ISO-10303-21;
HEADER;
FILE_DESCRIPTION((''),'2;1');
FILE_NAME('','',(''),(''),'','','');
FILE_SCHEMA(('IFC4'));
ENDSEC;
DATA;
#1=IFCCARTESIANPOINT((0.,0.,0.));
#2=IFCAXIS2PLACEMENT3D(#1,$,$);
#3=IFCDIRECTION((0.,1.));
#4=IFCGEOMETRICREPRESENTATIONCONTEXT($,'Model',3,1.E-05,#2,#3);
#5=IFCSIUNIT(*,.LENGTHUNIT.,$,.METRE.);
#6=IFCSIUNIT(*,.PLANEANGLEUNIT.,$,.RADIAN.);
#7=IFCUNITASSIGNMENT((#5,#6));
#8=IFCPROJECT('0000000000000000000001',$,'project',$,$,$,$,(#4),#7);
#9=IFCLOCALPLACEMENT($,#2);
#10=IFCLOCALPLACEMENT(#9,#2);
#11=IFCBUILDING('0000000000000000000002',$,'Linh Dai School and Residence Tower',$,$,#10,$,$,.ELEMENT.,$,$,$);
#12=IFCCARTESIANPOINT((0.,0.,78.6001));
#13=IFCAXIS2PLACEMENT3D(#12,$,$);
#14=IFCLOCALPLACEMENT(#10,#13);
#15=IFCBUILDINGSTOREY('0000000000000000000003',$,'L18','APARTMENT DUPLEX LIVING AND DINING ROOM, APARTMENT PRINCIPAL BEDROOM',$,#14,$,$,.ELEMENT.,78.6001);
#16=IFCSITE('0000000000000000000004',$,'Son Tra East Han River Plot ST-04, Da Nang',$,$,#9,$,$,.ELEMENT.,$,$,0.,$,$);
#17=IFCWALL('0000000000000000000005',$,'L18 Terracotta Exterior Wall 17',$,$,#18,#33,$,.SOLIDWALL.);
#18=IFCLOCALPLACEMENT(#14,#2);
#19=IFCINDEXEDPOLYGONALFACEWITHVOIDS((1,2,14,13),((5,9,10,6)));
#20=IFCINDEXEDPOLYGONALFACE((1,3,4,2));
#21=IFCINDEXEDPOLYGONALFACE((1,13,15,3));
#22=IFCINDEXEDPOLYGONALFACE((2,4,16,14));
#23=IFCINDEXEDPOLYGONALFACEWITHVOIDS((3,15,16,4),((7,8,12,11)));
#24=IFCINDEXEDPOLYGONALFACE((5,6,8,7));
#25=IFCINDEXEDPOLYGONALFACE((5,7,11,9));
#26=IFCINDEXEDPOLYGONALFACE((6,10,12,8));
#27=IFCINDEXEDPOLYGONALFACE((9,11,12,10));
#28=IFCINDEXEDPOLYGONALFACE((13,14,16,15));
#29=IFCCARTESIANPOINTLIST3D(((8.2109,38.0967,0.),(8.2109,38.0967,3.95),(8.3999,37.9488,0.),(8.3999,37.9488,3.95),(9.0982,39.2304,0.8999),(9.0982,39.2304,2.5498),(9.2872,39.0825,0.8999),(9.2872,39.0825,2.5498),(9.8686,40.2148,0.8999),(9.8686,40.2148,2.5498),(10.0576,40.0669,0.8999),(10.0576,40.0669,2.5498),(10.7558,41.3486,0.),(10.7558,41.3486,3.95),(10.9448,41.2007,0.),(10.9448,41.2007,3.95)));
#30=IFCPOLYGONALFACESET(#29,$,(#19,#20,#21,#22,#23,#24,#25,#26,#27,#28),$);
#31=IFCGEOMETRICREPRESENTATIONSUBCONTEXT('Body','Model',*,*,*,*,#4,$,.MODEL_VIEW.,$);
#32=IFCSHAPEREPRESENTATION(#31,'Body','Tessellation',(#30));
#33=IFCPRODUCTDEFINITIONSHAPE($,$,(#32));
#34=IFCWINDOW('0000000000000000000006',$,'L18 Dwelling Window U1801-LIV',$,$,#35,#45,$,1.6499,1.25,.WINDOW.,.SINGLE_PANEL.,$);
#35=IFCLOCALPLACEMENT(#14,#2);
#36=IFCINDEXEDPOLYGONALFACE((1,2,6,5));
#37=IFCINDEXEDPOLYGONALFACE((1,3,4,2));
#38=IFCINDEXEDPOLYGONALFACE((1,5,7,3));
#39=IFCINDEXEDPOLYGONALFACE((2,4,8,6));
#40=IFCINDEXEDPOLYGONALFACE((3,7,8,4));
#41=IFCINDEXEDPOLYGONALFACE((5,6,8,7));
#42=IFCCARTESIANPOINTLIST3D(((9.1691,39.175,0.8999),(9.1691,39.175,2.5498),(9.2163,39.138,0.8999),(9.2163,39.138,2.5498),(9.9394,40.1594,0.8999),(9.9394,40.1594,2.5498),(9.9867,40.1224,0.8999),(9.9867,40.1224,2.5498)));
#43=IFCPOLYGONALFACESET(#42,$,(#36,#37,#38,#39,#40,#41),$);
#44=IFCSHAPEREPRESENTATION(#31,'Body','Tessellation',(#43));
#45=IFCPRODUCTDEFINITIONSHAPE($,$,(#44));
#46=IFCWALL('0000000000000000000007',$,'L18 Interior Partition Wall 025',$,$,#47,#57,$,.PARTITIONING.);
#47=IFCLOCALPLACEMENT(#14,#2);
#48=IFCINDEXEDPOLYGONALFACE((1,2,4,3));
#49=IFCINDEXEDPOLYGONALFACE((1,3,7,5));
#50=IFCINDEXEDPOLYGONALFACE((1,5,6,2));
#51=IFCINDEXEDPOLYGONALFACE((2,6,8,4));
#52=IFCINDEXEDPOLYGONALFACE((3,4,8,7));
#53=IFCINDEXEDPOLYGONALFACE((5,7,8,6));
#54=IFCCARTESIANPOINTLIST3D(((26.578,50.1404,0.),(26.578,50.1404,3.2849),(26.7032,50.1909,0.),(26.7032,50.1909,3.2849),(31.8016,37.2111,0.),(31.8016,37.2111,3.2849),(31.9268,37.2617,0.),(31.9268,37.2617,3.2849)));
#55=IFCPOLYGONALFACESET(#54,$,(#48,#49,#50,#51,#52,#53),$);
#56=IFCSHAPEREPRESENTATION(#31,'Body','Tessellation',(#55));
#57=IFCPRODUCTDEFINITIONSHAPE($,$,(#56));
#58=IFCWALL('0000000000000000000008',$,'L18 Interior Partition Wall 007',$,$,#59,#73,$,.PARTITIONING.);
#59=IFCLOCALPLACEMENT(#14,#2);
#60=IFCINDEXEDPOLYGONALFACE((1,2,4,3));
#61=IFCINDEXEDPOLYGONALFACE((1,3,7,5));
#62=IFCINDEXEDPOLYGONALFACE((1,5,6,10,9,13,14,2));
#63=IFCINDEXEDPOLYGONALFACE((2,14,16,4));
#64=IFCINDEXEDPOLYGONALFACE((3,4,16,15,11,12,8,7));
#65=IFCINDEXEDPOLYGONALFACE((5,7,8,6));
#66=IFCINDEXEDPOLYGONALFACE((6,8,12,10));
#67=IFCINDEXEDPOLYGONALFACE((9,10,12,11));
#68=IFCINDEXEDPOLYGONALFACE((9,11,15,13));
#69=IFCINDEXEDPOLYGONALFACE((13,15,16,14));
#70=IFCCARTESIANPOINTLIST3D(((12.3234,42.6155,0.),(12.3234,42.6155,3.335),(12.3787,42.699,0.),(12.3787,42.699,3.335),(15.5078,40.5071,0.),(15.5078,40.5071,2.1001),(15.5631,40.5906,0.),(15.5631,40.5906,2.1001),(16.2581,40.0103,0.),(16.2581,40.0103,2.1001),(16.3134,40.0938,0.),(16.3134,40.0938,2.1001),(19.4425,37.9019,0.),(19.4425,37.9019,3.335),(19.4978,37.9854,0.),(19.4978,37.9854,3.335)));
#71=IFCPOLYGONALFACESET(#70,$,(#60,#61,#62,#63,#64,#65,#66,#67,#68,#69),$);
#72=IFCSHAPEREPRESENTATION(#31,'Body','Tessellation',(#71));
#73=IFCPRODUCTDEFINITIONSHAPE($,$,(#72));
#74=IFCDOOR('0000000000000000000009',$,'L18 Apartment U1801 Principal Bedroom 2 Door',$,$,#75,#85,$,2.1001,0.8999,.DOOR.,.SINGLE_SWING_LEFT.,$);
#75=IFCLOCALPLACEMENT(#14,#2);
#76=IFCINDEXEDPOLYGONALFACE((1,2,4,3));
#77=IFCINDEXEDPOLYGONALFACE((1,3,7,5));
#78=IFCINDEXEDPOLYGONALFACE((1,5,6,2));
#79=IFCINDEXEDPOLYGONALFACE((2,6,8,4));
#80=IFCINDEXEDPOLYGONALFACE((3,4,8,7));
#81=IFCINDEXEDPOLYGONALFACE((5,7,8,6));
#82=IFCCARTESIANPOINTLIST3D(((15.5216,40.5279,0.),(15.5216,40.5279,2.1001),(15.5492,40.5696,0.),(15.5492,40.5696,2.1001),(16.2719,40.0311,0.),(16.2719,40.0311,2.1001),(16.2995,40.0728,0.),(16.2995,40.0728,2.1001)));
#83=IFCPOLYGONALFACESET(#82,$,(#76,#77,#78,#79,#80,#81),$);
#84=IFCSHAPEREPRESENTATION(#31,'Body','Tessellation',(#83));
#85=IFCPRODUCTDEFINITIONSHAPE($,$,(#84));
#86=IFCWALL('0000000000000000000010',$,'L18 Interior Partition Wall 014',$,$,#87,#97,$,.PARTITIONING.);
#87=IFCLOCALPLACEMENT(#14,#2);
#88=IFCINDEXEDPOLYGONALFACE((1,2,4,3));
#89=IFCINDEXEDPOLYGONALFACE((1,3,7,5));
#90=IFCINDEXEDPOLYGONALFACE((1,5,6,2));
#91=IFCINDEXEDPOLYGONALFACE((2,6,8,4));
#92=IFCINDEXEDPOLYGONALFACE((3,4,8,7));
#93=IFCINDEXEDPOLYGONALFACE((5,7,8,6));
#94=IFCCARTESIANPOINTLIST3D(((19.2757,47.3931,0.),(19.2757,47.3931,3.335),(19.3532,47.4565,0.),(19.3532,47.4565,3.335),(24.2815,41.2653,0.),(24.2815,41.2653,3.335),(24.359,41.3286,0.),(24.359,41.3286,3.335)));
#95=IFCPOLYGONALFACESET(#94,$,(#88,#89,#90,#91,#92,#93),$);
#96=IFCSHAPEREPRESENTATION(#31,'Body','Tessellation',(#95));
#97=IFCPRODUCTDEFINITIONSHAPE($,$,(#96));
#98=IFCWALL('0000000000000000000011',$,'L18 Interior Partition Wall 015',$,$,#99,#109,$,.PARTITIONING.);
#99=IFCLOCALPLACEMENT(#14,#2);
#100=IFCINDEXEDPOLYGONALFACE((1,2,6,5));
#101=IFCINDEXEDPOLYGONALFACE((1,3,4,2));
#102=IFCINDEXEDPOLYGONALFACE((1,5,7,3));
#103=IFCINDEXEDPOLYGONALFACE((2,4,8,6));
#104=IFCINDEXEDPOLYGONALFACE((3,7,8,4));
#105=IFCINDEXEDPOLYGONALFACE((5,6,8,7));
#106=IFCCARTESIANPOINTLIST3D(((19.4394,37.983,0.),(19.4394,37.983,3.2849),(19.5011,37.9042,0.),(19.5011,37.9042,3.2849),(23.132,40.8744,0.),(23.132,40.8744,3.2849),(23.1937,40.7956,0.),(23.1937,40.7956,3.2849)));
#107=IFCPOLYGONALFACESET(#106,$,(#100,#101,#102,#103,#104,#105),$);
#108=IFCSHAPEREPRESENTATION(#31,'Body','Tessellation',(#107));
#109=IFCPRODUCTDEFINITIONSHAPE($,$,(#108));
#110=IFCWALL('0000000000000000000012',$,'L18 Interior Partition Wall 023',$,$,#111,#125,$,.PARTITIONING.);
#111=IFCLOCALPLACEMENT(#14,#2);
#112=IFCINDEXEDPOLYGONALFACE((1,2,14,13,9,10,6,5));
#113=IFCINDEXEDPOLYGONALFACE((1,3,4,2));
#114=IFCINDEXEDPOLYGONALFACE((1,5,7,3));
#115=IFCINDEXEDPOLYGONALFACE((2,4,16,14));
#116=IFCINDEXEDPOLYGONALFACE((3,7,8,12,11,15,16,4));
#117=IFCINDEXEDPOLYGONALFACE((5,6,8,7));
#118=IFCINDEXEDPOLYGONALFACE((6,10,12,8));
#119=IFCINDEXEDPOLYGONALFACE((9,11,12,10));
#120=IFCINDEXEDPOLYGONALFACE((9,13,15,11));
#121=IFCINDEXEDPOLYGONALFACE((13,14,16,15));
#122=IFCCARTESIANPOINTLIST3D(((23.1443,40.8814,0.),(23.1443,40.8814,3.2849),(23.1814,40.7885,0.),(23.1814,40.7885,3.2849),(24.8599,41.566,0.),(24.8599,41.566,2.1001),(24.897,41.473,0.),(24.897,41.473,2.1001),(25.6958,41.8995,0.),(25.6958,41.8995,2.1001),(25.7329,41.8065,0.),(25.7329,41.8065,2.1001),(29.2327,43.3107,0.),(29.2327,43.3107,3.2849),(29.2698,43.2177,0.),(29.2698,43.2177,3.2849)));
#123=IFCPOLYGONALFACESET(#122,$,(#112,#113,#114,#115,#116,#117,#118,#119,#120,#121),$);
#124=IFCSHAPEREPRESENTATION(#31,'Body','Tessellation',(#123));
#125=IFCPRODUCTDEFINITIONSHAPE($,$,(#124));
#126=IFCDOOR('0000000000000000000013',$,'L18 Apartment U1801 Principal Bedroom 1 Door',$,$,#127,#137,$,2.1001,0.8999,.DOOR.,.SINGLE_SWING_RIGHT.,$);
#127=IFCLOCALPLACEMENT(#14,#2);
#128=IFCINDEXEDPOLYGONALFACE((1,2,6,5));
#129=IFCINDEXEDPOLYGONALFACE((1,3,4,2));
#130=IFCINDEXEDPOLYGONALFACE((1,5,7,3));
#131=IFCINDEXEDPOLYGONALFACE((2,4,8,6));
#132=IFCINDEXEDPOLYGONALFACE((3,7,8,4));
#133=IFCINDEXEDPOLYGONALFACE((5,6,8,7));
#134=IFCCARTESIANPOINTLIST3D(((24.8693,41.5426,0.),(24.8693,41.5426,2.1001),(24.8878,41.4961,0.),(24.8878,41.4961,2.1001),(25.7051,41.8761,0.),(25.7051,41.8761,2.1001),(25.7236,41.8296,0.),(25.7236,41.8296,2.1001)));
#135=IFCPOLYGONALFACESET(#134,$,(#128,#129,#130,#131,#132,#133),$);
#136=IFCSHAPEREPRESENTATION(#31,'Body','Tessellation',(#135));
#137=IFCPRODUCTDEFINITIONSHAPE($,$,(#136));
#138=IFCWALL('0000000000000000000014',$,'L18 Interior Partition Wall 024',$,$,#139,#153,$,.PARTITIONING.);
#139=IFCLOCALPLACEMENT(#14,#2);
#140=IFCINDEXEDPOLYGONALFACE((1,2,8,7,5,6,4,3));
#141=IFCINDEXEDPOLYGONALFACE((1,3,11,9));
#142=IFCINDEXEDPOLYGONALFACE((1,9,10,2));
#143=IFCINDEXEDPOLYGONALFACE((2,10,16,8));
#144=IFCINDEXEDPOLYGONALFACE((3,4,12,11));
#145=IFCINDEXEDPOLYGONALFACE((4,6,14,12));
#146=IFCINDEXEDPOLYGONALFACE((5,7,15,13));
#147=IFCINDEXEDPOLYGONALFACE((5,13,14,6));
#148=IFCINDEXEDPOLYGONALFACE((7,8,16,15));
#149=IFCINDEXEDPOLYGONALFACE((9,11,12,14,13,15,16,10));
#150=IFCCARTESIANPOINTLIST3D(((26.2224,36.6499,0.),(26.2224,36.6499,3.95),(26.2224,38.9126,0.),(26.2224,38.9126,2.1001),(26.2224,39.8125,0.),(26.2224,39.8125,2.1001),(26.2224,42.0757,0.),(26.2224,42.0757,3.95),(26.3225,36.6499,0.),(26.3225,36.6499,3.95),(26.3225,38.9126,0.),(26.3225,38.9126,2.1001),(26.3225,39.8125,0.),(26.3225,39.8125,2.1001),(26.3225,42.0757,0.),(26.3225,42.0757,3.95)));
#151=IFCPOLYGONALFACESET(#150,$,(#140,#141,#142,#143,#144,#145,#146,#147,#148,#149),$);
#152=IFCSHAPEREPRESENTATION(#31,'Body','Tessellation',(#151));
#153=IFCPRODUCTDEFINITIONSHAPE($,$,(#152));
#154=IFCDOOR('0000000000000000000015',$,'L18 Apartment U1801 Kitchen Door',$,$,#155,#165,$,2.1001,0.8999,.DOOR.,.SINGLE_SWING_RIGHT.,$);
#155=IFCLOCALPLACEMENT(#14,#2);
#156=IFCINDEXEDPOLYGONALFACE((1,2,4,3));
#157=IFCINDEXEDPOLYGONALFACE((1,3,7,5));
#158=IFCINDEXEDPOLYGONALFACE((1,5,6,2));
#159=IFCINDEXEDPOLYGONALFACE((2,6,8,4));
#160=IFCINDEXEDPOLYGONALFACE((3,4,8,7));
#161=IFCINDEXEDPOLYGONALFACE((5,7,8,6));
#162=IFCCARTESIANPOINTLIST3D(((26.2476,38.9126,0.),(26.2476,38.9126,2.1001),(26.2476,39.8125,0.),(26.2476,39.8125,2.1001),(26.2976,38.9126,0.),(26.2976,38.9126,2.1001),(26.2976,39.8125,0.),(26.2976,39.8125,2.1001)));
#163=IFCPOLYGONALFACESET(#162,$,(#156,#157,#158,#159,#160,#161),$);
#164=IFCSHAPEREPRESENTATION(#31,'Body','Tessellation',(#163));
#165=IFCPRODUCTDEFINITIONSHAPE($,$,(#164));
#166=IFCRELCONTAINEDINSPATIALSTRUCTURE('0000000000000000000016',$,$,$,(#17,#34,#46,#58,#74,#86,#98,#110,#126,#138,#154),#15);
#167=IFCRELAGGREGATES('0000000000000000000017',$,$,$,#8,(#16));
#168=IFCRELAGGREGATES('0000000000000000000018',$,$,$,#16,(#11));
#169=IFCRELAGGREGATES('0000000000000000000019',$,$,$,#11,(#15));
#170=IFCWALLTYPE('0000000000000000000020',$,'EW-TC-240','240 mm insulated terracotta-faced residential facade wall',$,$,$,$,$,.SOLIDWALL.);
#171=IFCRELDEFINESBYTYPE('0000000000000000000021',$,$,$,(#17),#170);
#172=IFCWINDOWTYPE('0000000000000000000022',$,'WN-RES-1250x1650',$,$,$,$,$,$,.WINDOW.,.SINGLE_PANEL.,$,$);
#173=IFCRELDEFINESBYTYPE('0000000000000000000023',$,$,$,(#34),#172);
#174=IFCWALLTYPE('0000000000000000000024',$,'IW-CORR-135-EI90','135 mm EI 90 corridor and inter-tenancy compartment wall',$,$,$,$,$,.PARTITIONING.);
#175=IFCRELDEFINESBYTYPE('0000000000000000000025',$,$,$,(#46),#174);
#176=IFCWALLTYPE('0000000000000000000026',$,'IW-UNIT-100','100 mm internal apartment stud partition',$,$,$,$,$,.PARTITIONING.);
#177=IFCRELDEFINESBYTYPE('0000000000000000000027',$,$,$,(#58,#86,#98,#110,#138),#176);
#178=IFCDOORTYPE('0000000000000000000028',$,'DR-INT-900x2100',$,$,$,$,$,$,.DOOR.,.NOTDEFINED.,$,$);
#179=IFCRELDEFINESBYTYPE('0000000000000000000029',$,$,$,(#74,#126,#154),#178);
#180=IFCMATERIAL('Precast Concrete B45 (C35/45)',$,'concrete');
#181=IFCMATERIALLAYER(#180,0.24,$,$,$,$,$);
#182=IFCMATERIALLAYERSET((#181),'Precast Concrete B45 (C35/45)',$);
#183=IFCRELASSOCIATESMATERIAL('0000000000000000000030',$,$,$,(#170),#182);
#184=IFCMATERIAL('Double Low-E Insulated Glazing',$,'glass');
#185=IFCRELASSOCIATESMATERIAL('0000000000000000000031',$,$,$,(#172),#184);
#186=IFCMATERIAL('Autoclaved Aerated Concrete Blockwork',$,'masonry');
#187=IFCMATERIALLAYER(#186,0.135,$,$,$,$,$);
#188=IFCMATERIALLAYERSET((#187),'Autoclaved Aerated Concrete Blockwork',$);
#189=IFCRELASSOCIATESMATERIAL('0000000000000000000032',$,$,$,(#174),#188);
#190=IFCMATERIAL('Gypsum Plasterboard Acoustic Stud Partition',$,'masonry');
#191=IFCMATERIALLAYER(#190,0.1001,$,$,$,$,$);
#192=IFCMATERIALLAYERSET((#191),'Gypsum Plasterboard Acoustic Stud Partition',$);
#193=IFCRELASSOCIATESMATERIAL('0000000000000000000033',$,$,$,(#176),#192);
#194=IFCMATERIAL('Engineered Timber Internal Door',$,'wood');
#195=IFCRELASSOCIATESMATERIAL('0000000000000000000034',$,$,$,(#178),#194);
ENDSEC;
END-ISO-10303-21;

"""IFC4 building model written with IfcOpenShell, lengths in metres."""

from ifc_helpers import new_model, si_unit, direction, frame, frame_2d, origin, origin_2d, place, context, subcontext, project, spatial, rectangle, extrude, source, transform, mapped, material, layer, layer_set, type_object, element, fill, save


model = new_model("IFC4")

# Units and contexts
model_context = context("Model", 3, precision=1e-05, world=origin(), true_north=direction((0.0, 1.0)))
body_context = subcontext(model_context, "Body", "Model", "MODEL_VIEW")
ifc_project = project(units=[si_unit("LENGTHUNIT", "METRE"), si_unit("PLANEANGLEUNIT", "RADIAN")], contexts=[model_context])

# Site, building, storey
site_placement = place(None, origin())
site = spatial("IfcSite", under=ifc_project, at=site_placement, Name="Son Tra East Han River Plot ST-04, Da Nang", CompositionType="ELEMENT", RefElevation=0.0)
building_placement = place(site_placement, origin())
building = spatial("IfcBuilding", under=site, at=building_placement, Name="Linh Dai School and Residence Tower", CompositionType="ELEMENT")
storey_placement = place(building_placement, frame((0.0, 0.0, 78.6001)))
storey = spatial("IfcBuildingStorey", under=building, at=storey_placement, Name="L18", Description="APARTMENT DUPLEX LIVING AND DINING ROOM, APARTMENT PRINCIPAL BEDROOM", CompositionType="ELEMENT", Elevation=78.6001)

# Shared definitions
ifc_material_1 = material(Name="Precast Concrete B45 (C35/45)", Category="concrete")

# Shared definitions
ifc_layer_1 = layer(ifc_material_1, 0.24)
ifc_layer_set_1 = layer_set([ifc_layer_1], Name="Precast Concrete B45 (C35/45)")
wall_type_1 = type_object("IfcWallType", Name="EW-TC-240", Description="240 mm insulated terracotta-faced residential facade wall", PredefinedType="SOLIDWALL", material=ifc_layer_set_1)
ifc_material_2 = material(Name="Double Low-E Insulated Glazing", Category="glass")

# Wall, opening, window
wall_1_placement = place(storey_placement, frame((8.3054, 38.0227, 0.0), z_axis=(0.0, 0.0, 1.0), x_axis=(0.616296, 0.787515, 0.0)))
wall_1 = element("IfcWall", 1, at=wall_1_placement, inside=storey, type_object=wall_type_1, Name="L18 Terracotta Exterior Wall 17", PredefinedType="SOLIDWALL", context=body_context, shape_type="SweptSolid", body=[
    extrude(rectangle(XDim=4.1294, YDim=0.24, at=frame_2d((2.0647, 0.0))), origin(), (0.0, 0.0, 1.0), 3.95),
])
opening_1_placement = place(wall_1_placement, frame((1.4397, 0.0, 0.8999)))
opening_1 = element("IfcOpeningElement", 2, at=opening_1_placement, cuts=wall_1, PredefinedType="OPENING", context=body_context, shape_type="SweptSolid", body=[
    extrude(rectangle(XDim=1.25, YDim=1.6499, at=origin_2d()), frame((0.625, 0.1299, 0.825), z_axis=(0.0, -1.0, 0.0), x_axis=(1.0, 0.0, 0.0)), (0.0, 0.0, 1.0), 0.26),
])
window_type_1 = type_object("IfcWindowType", Name="WN-RES-1250x1650", PartitioningType="SINGLE_PANEL", PredefinedType="WINDOW", material=ifc_material_2)
shared_shape_1 = source(origin(), body_context, "Body", "SweptSolid", [
    extrude(rectangle(XDim=1.25, YDim=1.6499, at=origin_2d()), frame((0.625, 0.03, 0.825), z_axis=(0.0, -1.0, 0.0), x_axis=(1.0, 0.0, 0.0)), (0.0, 0.0, 1.0), 0.0601),
])
window_1_placement = place(opening_1_placement, origin())
window_1 = element("IfcWindow", 3, at=window_1_placement, inside=storey, type_object=window_type_1, Name="L18 Dwelling Window U1801-LIV", OverallHeight=1.6499, OverallWidth=1.25, PartitioningType="SINGLE_PANEL", PredefinedType="WINDOW", context=body_context, shape_type="MappedRepresentation", body=[
    mapped(shared_shape_1, transform((0.0, 0.0, 0.0), x_axis=(1.0, 0.0, 0.0), y_axis=(0.0, 1.0, 0.0), z_axis=(0.0, 0.0, 1.0), scale=1.0)),
])
fill(opening_1, window_1)

# Wall
ifc_material_3 = material(Name="Autoclaved Aerated Concrete Blockwork", Category="masonry")
ifc_layer_2 = layer(ifc_material_3, 0.135)
ifc_layer_set_2 = layer_set([ifc_layer_2], Name="Autoclaved Aerated Concrete Blockwork")
wall_type_2 = type_object("IfcWallType", Name="IW-CORR-135-EI90", Description="135 mm EI 90 corridor and inter-tenancy compartment wall", PredefinedType="PARTITIONING", material=ifc_layer_set_2)
wall_2_placement = place(storey_placement, frame((26.6406, 50.1655, 0.0), z_axis=(0.0, 0.0, 1.0), x_axis=(0.3746, -0.927186, 0.0)))
element("IfcWall", 4, at=wall_2_placement, inside=storey, type_object=wall_type_2, Name="L18 Interior Partition Wall 025", PredefinedType="PARTITIONING", context=body_context, shape_type="SweptSolid", body=[
    extrude(rectangle(XDim=13.9446, YDim=0.135, at=frame_2d((6.9722, 0.0))), origin(), (0.0, 0.0, 1.0), 3.2849),
])

# Wall, opening, door
ifc_material_4 = material(Name="Gypsum Plasterboard Acoustic Stud Partition", Category="masonry")
ifc_layer_3 = layer(ifc_material_4, 0.1001)
ifc_layer_set_3 = layer_set([ifc_layer_3], Name="Gypsum Plasterboard Acoustic Stud Partition")
wall_type_3 = type_object("IfcWallType", Name="IW-UNIT-100", Description="100 mm internal apartment stud partition", PredefinedType="PARTITIONING", material=ifc_layer_set_3)
wall_3_placement = place(storey_placement, frame((12.3511, 42.6572, 0.0), z_axis=(0.0, 0.0, 1.0), x_axis=(0.833801, -0.552065, 0.0)))
wall_3 = element("IfcWall", 5, at=wall_3_placement, inside=storey, type_object=wall_type_3, Name="L18 Interior Partition Wall 007", PredefinedType="PARTITIONING", context=body_context, shape_type="SweptSolid", body=[
    extrude(rectangle(XDim=8.5381, YDim=0.1001, at=frame_2d((4.269, 0.0))), origin(), (0.0, 0.0, 1.0), 3.335),
])
opening_2_placement = place(wall_3_placement, frame((3.8191, 0.0, 0.0)))
opening_2 = element("IfcOpeningElement", 6, at=opening_2_placement, cuts=wall_3, PredefinedType="OPENING", context=body_context, shape_type="SweptSolid", body=[
    extrude(rectangle(XDim=0.8999, YDim=2.1001, at=origin_2d()), frame((0.45, 0.0601, 1.05), z_axis=(0.0, -1.0, 0.0), x_axis=(1.0, 0.0, 0.0)), (0.0, 0.0, 1.0), 0.1201),
])
ifc_material_5 = material(Name="Engineered Timber Internal Door", Category="wood")
door_type = type_object("IfcDoorType", Name="DR-INT-900x2100", OperationType="NOTDEFINED", PredefinedType="DOOR", material=ifc_material_5)
shared_shape_2 = source(origin(), body_context, "Body", "SweptSolid", [
    extrude(rectangle(XDim=0.8999, YDim=2.1001, at=origin_2d()), frame((0.45, 0.0249, 1.05), z_axis=(0.0, -1.0, 0.0), x_axis=(1.0, 0.0, 0.0)), (0.0, 0.0, 1.0), 0.05),
])
door_1_placement = place(opening_2_placement, origin())
door_1 = element("IfcDoor", 7, at=door_1_placement, inside=storey, type_object=door_type, Name="L18 Apartment U1801 Principal Bedroom 2 Door", OperationType="SINGLE_SWING_LEFT", OverallHeight=2.1001, OverallWidth=0.8999, PredefinedType="DOOR", context=body_context, shape_type="MappedRepresentation", body=[
    mapped(shared_shape_2, transform((0.0, 0.0, 0.0), x_axis=(1.0, 0.0, 0.0), y_axis=(0.0, 1.0, 0.0), z_axis=(0.0, 0.0, 1.0), scale=1.0)),
])
fill(opening_2, door_1)

# Walls
wall_4_placement = place(storey_placement, frame((19.3145, 47.4248, 0.0), z_axis=(0.0, 0.0, 1.0), x_axis=(0.632639, -0.774446, 0.0)))
element("IfcWall", 8, at=wall_4_placement, inside=storey, type_object=wall_type_3, Name="L18 Interior Partition Wall 014", PredefinedType="PARTITIONING", context=body_context, shape_type="SweptSolid", body=[
    extrude(rectangle(XDim=7.9126, YDim=0.1001, at=frame_2d((3.9563, 0.0))), origin(), (0.0, 0.0, 1.0), 3.335),
])
wall_5_placement = place(storey_placement, frame((19.4702, 37.9436, 0.0), z_axis=(0.0, 0.0, 1.0), x_axis=(0.787352, 0.616503, 0.0)))
element("IfcWall", 9, at=wall_5_placement, inside=storey, type_object=wall_type_3, Name="L18 Interior Partition Wall 015", PredefinedType="PARTITIONING", context=body_context, shape_type="SweptSolid", body=[
    extrude(rectangle(XDim=4.6899, YDim=0.1001, at=frame_2d((2.345, 0.0))), origin(), (0.0, 0.0, 1.0), 3.2849),
])

# Walls, openings, doors
wall_6_placement = place(storey_placement, frame((23.1628, 40.835, 0.0), z_axis=(0.0, 0.0, 1.0), x_axis=(0.9288, 0.370581, 0.0)))
wall_6 = element("IfcWall", 10, at=wall_6_placement, inside=storey, type_object=wall_type_3, Name="L18 Interior Partition Wall 023", PredefinedType="PARTITIONING", context=body_context, shape_type="SweptSolid", body=[
    extrude(rectangle(XDim=6.5552, YDim=0.1001, at=frame_2d((3.2776, 0.0))), origin(), (0.0, 0.0, 1.0), 3.2849),
])
opening_3_placement = place(wall_6_placement, frame((1.8472, 0.0, 0.0)))
opening_3 = element("IfcOpeningElement", 11, at=opening_3_placement, cuts=wall_6, PredefinedType="OPENING", context=body_context, shape_type="SweptSolid", body=[
    extrude(rectangle(XDim=0.8999, YDim=2.1001, at=origin_2d()), frame((0.45, 0.0601, 1.05), z_axis=(0.0, -1.0, 0.0), x_axis=(1.0, 0.0, 0.0)), (0.0, 0.0, 1.0), 0.1201),
])
door_2_placement = place(opening_3_placement, origin())
door_2 = element("IfcDoor", 12, at=door_2_placement, inside=storey, type_object=door_type, Name="L18 Apartment U1801 Principal Bedroom 1 Door", OperationType="SINGLE_SWING_RIGHT", OverallHeight=2.1001, OverallWidth=0.8999, PredefinedType="DOOR", context=body_context, shape_type="MappedRepresentation", body=[
    mapped(shared_shape_2, transform((0.0, 0.0, 0.0), x_axis=(1.0, 0.0, 0.0), y_axis=(0.0, 1.0, 0.0), z_axis=(0.0, 0.0, 1.0), scale=1.0)),
])
fill(opening_3, door_2)
wall_7_placement = place(storey_placement, frame((26.2725, 36.6499, 0.0), z_axis=(0.0, 0.0, 1.0), x_axis=(0.0, 1.0, 0.0)))
wall_7 = element("IfcWall", 13, at=wall_7_placement, inside=storey, type_object=wall_type_3, Name="L18 Interior Partition Wall 024", PredefinedType="PARTITIONING", context=body_context, shape_type="SweptSolid", body=[
    extrude(rectangle(XDim=5.4258, YDim=0.1001, at=frame_2d((2.7129, 0.0))), origin(), (0.0, 0.0, 1.0), 3.95),
])
opening_4_placement = place(wall_7_placement, frame((2.2627, 0.0, 0.0)))
opening_4 = element("IfcOpeningElement", 14, at=opening_4_placement, cuts=wall_7, PredefinedType="OPENING", context=body_context, shape_type="SweptSolid", body=[
    extrude(rectangle(XDim=0.8999, YDim=2.1001, at=origin_2d()), frame((0.45, 0.0601, 1.05), z_axis=(0.0, -1.0, 0.0), x_axis=(1.0, 0.0, 0.0)), (0.0, 0.0, 1.0), 0.1201),
])
door_3_placement = place(opening_4_placement, origin())
door_3 = element("IfcDoor", 15, at=door_3_placement, inside=storey, type_object=door_type, Name="L18 Apartment U1801 Kitchen Door", OperationType="SINGLE_SWING_RIGHT", OverallHeight=2.1001, OverallWidth=0.8999, PredefinedType="DOOR", context=body_context, shape_type="MappedRepresentation", body=[
    mapped(shared_shape_2, transform((0.0, 0.0, 0.0), x_axis=(1.0, 0.0, 0.0), y_axis=(0.0, 1.0, 0.0), z_axis=(0.0, 0.0, 1.0), scale=1.0)),
])
fill(opening_4, door_3)

save(model, "model.ifc")
